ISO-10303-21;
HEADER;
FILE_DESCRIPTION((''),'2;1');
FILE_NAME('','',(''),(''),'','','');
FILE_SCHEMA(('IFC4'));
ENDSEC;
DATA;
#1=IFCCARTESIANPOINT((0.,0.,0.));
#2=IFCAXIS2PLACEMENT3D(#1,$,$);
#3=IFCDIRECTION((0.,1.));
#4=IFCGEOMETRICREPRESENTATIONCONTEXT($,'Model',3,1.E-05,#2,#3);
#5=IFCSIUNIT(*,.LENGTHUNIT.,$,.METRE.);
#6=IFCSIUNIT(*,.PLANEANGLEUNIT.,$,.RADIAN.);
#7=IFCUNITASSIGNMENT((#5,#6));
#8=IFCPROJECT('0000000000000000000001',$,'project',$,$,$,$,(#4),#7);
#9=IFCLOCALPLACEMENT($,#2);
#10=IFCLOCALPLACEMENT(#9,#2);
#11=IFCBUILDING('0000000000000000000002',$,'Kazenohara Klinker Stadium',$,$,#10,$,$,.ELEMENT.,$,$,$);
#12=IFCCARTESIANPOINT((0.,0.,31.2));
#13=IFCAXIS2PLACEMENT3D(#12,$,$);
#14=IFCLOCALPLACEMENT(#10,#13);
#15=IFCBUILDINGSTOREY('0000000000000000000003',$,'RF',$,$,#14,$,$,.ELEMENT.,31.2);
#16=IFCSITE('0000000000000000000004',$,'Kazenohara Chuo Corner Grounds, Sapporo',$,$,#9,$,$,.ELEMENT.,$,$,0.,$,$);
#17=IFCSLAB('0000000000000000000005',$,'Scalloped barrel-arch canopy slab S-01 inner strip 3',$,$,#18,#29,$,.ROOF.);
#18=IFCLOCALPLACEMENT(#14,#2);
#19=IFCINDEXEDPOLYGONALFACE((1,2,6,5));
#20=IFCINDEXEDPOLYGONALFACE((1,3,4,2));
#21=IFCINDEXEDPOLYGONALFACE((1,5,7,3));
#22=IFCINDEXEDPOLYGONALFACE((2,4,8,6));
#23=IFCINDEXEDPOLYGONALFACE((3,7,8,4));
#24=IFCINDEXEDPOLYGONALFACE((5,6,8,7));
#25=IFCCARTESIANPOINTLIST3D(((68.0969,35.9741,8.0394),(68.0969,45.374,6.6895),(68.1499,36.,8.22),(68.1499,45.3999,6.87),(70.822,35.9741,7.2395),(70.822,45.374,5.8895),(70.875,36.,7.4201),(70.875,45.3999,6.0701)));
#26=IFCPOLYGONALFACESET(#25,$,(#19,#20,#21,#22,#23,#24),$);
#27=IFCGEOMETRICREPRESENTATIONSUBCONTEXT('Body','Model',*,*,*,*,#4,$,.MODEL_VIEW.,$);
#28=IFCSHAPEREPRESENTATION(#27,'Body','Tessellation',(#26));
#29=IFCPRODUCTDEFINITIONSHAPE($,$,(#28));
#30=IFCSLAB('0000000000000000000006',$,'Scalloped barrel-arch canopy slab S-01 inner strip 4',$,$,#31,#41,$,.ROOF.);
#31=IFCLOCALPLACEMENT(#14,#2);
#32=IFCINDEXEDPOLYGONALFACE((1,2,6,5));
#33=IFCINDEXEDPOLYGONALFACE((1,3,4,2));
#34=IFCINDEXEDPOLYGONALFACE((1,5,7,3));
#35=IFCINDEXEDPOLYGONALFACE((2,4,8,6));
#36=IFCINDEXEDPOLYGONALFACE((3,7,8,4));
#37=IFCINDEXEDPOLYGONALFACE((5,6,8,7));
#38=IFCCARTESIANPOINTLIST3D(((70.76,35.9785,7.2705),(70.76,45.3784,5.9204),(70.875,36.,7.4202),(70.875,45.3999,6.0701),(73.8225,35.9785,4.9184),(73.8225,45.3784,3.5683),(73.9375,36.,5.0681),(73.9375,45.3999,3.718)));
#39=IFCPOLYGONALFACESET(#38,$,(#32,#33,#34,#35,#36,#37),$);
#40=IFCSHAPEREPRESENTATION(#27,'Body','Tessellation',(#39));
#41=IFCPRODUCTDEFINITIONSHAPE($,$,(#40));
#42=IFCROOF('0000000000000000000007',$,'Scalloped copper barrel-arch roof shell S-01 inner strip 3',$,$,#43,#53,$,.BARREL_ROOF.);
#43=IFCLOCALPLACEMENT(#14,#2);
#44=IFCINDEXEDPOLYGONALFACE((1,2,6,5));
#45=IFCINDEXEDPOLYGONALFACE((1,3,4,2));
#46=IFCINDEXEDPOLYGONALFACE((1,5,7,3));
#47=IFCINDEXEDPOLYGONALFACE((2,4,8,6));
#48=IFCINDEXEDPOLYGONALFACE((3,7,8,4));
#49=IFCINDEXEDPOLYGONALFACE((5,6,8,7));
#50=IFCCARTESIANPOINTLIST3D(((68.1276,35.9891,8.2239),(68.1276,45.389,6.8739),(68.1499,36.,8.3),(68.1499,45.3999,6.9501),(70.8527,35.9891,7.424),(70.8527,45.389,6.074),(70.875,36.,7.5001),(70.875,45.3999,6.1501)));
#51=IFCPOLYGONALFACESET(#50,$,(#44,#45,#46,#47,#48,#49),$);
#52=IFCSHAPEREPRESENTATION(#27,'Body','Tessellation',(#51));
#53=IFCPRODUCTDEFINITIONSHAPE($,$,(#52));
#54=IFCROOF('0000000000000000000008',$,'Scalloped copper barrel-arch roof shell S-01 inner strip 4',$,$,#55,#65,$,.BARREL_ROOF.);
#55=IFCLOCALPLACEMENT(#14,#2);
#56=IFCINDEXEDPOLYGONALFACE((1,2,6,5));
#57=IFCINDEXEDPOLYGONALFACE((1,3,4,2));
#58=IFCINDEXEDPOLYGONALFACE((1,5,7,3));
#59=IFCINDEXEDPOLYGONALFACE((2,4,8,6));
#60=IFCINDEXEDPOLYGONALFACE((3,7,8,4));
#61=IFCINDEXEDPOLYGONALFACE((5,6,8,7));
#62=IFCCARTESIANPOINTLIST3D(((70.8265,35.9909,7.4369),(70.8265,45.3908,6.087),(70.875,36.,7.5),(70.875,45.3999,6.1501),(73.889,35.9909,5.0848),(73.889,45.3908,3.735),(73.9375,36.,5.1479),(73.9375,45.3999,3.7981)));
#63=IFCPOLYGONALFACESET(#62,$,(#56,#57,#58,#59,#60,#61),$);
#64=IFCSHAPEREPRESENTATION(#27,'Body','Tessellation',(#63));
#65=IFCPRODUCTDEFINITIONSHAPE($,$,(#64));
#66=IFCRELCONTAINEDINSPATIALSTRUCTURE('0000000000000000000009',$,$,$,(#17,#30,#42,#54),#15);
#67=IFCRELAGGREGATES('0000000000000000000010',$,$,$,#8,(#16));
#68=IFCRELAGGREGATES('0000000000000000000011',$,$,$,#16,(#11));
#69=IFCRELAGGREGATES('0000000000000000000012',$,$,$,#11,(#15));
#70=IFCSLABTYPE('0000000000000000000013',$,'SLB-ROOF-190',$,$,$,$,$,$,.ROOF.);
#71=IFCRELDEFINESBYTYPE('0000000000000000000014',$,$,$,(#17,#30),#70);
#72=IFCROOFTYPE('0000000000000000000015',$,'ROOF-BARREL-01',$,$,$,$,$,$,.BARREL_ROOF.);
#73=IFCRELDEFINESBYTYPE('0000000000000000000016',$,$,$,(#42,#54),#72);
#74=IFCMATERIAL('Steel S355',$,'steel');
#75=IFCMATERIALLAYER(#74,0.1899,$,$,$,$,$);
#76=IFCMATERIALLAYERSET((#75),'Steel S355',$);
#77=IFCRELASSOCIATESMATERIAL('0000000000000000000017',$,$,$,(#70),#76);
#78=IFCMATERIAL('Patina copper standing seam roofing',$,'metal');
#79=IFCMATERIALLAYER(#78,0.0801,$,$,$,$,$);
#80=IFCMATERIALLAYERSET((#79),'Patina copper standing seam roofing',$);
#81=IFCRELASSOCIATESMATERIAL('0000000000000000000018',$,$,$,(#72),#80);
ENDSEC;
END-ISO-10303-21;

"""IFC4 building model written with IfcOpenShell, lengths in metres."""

from ifc_helpers import new_model, si_unit, direction, frame, origin, place, context, subcontext, project, spatial, polyline, outline, extrude, material, layer, layer_set, type_object, element, save


model = new_model("IFC4")

# Units and contexts
model_context = context("Model", 3, precision=1e-05, world=origin(), true_north=direction((0.0, 1.0)))
body_context = subcontext(model_context, "Body", "Model", "MODEL_VIEW")
ifc_project = project(units=[si_unit("LENGTHUNIT", "METRE"), si_unit("PLANEANGLEUNIT", "RADIAN")], contexts=[model_context])

# Site, building, storey
site_placement = place(None, origin())
site = spatial("IfcSite", under=ifc_project, at=site_placement, Name="Kazenohara Chuo Corner Grounds, Sapporo", CompositionType="ELEMENT", RefElevation=0.0)
building_placement = place(site_placement, origin())
building = spatial("IfcBuilding", under=site, at=building_placement, Name="Kazenohara Klinker Stadium", CompositionType="ELEMENT")
storey_placement = place(building_placement, frame((0.0, 0.0, 31.2)))
storey = spatial("IfcBuildingStorey", under=building, at=storey_placement, Name="RF", CompositionType="ELEMENT", Elevation=31.2)

# Shared definitions
ifc_material_1 = material(Name="Steel S355", Category="steel")

# Slabs
ifc_layer_1 = layer(ifc_material_1, 0.1899)
ifc_layer_set_1 = layer_set([ifc_layer_1], Name="Steel S355")
slab_type = type_object("IfcSlabType", Name="SLB-ROOF-190", PredefinedType="ROOF", material=ifc_layer_set_1)
slab_1_placement = place(storey_placement, frame((68.1499, 36.0, 8.22), z_axis=(0.27902, 0.136512, 0.950533), x_axis=(-0.000003, 0.989844, -0.142156)))
element("IfcSlab", 1, at=slab_1_placement, inside=storey, type_object=slab_type, Name="Scalloped barrel-arch canopy slab S-01 inner strip 3", PredefinedType="ROOF", context=body_context, shape_type="SweptSolid", body=[
    extrude(outline(polyline([(0.0, 0.0), (9.4963, 0.0), (9.6101, -2.8378), (0.1137, -2.8378), (0.0, 0.0)])), origin(), (0.0, 0.0, -1.0), 0.1899),
])
slab_2_placement = place(storey_placement, frame((70.875, 36.0, 7.4202), z_axis=(0.605192, 0.113179, 0.787993), x_axis=(0.0, 0.989842, -0.14217)))
element("IfcSlab", 2, at=slab_2_placement, inside=storey, type_object=slab_type, Name="Scalloped barrel-arch canopy slab S-01 inner strip 4", PredefinedType="ROOF", context=body_context, shape_type="SweptSolid", body=[
    extrude(outline(polyline([(0.0, 0.0), (9.4964, 0.0), (9.8308, -3.847), (0.3344, -3.847), (0.0, 0.0)])), origin(), (0.0, 0.0, -1.0), 0.1899),
])

# Roofs
ifc_material_2 = material(Name="Patina copper standing seam roofing", Category="metal")
ifc_layer_2 = layer(ifc_material_2, 0.0801)
ifc_layer_set_2 = layer_set([ifc_layer_2], Name="Patina copper standing seam roofing")
roof_type = type_object("IfcRoofType", Name="ROOF-BARREL-01", PredefinedType="BARREL_ROOF", material=ifc_layer_set_2)
roof_1_placement = place(storey_placement, frame((68.1499, 36.0, 8.3), z_axis=(0.27902, 0.136512, 0.950533), x_axis=(0.000003, 0.989844, -0.142158)))
element("IfcRoof", 3, at=roof_1_placement, inside=storey, type_object=roof_type, Name="Scalloped copper barrel-arch roof shell S-01 inner strip 3", PredefinedType="BARREL_ROOF", context=body_context, shape_type="SweptSolid", body=[
    extrude(outline(polyline([(0.0, 0.0), (9.4964, 0.0), (9.6101, -2.8378), (0.1137, -2.8378), (0.0, 0.0)])), origin(), (0.0, 0.0, -1.0), 0.0801),
])
roof_2_placement = place(storey_placement, frame((70.875, 36.0, 7.5), z_axis=(0.605193, 0.113158, 0.787995), x_axis=(0.0, 0.989846, -0.142145)))
element("IfcRoof", 4, at=roof_2_placement, inside=storey, type_object=roof_type, Name="Scalloped copper barrel-arch roof shell S-01 inner strip 4", PredefinedType="BARREL_ROOF", context=body_context, shape_type="SweptSolid", body=[
    extrude(outline(polyline([(0.0, 0.0), (9.4963, 0.0), (9.8307, -3.847), (0.3343, -3.847), (0.0, 0.0)])), origin(), (0.0, 0.0, -1.0), 0.0801),
])

save(model, "model.ifc")
